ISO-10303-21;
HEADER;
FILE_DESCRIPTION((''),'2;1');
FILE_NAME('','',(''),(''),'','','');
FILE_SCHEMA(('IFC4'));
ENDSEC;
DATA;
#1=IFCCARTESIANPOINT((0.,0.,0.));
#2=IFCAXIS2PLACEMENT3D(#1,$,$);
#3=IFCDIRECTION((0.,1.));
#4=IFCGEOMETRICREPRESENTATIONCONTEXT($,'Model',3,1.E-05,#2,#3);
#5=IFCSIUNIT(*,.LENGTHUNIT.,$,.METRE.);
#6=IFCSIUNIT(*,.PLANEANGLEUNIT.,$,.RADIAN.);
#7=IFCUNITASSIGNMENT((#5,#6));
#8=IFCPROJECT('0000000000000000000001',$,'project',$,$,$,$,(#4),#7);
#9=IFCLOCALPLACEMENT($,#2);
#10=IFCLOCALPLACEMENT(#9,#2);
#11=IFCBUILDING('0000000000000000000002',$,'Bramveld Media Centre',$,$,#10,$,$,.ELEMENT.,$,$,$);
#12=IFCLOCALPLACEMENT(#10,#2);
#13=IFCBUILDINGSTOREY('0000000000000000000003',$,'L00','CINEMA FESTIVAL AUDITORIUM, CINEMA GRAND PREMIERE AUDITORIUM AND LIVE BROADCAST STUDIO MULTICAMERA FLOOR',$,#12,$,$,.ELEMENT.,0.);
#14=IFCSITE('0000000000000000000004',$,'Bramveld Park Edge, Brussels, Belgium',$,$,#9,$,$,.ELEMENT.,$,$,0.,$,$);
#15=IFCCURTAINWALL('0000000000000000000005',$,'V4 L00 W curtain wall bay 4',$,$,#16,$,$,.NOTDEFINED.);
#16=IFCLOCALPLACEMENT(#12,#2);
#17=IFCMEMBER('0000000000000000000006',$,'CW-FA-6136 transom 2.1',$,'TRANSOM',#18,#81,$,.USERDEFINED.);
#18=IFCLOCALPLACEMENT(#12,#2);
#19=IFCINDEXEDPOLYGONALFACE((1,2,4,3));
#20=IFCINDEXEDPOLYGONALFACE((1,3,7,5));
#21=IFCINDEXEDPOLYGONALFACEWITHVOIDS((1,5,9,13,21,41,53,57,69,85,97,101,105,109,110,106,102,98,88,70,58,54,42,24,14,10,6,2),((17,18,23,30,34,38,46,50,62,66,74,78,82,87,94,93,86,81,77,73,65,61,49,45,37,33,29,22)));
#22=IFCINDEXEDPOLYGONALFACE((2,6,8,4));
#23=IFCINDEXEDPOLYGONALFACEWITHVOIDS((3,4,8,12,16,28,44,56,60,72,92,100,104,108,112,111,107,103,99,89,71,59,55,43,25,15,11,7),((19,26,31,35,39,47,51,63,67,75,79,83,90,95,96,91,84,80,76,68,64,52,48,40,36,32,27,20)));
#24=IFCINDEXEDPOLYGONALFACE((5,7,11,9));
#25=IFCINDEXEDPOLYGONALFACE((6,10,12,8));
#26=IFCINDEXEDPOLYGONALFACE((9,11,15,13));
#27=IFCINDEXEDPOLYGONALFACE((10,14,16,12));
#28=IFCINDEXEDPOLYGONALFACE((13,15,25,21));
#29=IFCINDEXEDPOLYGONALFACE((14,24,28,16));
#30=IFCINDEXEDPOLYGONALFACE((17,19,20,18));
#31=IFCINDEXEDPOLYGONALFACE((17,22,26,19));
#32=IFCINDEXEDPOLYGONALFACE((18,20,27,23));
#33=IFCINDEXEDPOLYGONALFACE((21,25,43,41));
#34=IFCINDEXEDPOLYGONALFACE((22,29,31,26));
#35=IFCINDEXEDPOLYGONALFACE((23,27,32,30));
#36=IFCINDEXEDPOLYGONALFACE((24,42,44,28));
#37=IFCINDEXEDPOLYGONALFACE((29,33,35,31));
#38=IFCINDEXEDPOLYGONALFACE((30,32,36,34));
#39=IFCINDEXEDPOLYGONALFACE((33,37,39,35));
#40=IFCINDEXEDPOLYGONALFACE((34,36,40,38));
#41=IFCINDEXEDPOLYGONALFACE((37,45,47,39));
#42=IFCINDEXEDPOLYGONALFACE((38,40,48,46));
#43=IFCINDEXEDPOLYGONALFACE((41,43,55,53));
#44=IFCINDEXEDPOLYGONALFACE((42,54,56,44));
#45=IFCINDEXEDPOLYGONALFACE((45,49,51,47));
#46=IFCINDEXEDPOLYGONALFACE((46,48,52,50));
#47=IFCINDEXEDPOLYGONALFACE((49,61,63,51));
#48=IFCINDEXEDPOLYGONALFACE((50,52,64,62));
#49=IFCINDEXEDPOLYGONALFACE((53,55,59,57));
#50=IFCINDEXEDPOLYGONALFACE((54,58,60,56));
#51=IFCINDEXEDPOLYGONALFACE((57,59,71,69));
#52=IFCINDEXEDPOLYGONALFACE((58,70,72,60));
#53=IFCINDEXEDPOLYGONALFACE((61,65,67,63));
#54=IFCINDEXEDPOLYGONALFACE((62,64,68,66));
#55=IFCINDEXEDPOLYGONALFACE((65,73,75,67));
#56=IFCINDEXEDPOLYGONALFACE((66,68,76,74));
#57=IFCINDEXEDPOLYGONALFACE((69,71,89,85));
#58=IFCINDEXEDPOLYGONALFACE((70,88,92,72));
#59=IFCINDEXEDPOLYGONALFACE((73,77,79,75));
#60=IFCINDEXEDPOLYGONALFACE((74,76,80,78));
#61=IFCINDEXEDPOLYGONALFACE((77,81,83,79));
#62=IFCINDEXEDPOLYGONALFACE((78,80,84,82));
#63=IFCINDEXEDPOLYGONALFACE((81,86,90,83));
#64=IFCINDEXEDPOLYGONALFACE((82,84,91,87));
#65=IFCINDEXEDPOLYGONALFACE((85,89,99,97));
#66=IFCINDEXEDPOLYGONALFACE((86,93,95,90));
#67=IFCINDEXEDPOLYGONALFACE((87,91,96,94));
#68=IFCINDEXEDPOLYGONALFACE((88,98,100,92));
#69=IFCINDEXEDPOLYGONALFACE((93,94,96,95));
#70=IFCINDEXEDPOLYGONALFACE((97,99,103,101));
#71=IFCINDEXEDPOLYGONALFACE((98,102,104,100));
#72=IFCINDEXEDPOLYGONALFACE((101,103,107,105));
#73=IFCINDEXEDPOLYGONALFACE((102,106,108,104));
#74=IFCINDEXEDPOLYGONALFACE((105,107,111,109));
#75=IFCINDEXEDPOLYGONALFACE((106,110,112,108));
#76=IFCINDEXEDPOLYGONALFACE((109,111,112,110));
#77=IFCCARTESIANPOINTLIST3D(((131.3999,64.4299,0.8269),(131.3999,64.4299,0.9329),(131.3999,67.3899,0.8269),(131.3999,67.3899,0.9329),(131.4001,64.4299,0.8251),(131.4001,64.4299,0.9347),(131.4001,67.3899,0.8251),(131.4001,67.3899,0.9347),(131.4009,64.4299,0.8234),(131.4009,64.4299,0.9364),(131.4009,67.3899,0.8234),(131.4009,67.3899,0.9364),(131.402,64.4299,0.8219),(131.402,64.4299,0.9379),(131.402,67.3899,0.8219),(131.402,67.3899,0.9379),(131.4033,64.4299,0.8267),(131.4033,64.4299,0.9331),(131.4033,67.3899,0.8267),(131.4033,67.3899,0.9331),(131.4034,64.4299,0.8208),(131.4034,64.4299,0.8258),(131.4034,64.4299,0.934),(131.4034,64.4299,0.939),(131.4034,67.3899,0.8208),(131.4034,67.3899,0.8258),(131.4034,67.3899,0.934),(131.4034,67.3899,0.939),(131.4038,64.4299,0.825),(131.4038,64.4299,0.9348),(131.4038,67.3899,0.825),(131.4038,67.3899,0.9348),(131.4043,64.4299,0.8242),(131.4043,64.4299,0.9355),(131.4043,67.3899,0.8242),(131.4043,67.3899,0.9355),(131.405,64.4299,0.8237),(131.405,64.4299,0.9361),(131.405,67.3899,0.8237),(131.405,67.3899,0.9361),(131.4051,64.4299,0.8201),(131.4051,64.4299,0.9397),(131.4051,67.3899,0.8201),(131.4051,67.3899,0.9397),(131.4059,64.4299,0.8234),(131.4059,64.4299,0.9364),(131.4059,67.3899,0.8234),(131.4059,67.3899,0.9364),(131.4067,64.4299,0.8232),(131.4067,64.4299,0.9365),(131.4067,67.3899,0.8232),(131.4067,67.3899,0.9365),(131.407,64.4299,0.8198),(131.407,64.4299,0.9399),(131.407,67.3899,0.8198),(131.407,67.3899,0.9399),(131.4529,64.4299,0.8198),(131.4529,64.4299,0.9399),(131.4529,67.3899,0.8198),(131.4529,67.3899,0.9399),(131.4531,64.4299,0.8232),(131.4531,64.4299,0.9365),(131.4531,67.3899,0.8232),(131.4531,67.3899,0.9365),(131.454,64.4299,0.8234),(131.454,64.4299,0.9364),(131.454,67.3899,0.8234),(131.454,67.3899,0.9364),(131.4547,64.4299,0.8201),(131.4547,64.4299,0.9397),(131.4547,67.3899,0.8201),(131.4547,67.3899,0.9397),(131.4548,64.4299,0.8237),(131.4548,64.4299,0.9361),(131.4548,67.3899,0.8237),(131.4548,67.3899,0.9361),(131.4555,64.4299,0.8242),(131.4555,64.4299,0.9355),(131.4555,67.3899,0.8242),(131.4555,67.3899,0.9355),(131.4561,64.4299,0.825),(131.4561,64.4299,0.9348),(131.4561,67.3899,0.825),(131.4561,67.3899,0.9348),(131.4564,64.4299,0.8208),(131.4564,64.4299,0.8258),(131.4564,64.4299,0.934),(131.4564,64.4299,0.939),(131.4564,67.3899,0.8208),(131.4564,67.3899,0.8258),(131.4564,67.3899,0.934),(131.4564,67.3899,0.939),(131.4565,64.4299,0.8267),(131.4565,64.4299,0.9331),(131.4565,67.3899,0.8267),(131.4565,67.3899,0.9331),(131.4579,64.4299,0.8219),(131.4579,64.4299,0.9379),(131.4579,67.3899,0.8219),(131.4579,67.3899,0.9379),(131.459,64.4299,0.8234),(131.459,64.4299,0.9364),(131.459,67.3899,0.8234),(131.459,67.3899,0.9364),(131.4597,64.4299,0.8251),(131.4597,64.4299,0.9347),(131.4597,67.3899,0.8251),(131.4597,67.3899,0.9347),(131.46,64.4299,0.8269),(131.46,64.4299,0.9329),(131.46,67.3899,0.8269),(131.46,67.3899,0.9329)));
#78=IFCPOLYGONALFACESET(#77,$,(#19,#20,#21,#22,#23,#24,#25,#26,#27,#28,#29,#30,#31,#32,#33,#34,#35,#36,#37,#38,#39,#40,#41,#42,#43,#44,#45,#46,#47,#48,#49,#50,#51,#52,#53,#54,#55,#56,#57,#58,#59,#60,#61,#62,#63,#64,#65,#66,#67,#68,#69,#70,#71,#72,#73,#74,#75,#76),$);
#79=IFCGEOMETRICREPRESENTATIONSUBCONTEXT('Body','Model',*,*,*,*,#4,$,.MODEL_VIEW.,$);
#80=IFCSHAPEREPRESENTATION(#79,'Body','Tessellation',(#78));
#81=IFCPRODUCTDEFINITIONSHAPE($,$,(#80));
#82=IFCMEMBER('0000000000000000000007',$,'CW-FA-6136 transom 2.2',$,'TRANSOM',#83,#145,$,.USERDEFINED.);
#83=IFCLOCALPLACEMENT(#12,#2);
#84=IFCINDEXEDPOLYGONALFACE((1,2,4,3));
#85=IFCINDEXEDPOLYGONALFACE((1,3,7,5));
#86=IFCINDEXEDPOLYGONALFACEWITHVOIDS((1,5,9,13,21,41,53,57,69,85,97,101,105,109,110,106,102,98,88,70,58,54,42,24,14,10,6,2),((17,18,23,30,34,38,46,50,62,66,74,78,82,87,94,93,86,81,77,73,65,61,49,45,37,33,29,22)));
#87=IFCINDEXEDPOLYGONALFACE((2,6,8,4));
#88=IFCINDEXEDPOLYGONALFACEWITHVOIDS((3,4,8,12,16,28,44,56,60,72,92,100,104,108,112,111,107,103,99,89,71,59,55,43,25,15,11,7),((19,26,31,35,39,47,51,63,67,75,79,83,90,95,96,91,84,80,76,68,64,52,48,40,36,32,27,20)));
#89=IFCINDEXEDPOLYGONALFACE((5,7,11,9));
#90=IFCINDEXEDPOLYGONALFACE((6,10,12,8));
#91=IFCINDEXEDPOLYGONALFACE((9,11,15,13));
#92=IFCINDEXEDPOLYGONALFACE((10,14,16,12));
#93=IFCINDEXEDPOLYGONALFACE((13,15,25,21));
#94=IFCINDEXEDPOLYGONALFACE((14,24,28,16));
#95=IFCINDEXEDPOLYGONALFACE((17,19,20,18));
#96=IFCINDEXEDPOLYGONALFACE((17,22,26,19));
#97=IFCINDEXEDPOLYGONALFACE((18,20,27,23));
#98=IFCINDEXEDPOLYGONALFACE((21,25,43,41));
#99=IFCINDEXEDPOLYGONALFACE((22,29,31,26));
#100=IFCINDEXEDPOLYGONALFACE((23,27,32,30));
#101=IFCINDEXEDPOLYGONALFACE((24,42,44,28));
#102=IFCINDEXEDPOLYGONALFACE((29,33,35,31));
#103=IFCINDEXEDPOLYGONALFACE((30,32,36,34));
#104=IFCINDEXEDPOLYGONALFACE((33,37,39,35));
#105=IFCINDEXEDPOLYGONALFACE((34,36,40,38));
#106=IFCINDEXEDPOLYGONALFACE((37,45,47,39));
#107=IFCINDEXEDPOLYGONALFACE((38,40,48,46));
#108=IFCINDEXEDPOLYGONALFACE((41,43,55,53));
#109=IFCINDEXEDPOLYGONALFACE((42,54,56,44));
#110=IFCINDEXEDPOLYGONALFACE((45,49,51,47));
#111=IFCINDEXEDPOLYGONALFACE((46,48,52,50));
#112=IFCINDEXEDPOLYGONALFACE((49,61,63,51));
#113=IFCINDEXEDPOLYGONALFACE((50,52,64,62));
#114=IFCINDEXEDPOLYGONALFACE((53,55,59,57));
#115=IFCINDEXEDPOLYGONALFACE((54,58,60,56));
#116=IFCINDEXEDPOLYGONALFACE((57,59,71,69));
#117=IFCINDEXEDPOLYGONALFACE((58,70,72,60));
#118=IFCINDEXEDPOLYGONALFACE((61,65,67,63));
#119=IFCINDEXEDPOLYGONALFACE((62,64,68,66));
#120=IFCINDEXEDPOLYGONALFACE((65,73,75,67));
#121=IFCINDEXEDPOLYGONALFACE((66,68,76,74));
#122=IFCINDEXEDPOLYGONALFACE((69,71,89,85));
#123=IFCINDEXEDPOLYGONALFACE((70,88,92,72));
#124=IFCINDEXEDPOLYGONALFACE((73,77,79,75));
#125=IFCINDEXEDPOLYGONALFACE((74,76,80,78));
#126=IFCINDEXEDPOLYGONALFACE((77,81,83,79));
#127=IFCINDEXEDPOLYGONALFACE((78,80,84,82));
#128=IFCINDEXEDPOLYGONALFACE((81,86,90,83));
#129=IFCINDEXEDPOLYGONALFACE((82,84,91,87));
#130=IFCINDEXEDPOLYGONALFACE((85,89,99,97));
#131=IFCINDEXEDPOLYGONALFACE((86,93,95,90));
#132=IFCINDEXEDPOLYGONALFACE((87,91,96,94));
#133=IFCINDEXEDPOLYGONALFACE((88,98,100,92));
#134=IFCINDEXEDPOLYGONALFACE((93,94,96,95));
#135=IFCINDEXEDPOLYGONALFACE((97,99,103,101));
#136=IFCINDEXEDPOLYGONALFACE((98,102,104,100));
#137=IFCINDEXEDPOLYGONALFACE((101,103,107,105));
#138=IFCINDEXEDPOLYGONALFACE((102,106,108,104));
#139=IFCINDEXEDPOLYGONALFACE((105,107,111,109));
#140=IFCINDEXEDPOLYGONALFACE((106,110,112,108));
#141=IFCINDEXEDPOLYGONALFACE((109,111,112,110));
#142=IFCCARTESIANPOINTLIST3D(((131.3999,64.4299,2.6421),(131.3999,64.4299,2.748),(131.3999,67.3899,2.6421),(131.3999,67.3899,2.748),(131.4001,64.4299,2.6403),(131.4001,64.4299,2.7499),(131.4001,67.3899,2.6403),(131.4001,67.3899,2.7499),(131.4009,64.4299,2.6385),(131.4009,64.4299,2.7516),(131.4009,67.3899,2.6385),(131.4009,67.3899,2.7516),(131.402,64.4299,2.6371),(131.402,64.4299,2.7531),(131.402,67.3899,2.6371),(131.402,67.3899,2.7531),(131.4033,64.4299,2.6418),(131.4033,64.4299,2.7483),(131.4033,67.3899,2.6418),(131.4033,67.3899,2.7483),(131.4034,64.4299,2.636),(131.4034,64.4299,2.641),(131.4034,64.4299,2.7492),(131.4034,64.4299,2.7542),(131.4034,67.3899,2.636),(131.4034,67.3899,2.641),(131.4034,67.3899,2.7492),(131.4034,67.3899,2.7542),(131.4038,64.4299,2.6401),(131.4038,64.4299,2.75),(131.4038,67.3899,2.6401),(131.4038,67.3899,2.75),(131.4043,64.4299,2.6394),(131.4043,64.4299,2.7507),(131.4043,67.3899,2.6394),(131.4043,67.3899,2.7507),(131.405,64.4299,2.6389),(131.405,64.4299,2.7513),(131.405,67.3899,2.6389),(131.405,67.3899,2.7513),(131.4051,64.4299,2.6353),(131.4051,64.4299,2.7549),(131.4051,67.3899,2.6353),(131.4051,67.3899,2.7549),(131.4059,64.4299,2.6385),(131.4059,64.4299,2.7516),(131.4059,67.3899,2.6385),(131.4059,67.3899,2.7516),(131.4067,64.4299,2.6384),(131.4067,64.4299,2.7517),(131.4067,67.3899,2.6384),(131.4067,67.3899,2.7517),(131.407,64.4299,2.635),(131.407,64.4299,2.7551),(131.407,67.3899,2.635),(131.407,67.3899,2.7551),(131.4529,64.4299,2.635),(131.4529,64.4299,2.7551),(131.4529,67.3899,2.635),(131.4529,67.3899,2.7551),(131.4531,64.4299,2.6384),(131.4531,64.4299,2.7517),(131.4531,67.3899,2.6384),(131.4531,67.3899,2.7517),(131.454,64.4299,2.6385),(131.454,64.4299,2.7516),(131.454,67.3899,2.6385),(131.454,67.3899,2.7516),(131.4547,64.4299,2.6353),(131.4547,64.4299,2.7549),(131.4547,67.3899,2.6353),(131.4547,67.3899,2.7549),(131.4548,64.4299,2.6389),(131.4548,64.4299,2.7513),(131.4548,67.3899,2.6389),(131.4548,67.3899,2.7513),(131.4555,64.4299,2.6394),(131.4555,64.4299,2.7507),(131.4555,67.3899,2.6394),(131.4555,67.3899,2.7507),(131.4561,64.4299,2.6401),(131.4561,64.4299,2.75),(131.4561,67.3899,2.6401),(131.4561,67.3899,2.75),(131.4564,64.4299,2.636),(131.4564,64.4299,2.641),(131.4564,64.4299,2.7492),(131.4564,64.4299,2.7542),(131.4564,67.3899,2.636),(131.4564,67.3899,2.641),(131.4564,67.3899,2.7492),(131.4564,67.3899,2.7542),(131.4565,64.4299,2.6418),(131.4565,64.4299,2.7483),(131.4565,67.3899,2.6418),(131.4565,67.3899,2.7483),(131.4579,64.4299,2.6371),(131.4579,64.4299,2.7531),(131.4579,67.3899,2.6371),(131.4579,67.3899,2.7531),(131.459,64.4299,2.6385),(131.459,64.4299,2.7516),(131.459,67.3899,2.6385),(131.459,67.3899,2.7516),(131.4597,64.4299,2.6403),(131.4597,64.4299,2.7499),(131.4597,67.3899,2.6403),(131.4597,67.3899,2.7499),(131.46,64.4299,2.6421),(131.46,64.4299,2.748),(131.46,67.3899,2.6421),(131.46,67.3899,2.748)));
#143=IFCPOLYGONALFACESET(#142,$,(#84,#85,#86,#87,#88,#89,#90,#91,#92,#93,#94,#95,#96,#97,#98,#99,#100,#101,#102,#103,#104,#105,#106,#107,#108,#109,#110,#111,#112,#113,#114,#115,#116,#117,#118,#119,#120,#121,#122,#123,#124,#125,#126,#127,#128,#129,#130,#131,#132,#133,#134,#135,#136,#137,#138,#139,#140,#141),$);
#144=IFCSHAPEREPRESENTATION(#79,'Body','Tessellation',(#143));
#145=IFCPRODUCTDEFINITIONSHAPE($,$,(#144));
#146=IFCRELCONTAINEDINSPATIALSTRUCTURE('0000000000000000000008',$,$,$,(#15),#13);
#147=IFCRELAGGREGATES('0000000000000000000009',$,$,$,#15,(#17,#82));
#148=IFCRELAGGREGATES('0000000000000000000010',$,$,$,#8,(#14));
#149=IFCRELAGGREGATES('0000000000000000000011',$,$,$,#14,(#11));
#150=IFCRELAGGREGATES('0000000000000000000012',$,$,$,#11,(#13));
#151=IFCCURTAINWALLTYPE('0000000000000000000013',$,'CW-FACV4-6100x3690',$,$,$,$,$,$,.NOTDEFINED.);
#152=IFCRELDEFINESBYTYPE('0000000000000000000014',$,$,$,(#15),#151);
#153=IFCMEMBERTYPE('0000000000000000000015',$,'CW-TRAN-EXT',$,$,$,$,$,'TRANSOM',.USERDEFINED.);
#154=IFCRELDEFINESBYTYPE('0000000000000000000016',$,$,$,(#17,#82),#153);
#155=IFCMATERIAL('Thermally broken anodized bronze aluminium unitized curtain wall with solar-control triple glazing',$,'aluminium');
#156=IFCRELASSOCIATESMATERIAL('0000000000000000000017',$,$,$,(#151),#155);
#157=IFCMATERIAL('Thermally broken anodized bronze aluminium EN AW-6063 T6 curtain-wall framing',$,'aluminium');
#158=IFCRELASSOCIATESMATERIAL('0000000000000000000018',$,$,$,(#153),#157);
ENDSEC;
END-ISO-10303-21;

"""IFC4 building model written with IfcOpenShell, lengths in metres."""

from ifc_helpers import new_model, si_unit, direction, frame, origin, origin_2d, place, context, subcontext, project, spatial, hollow_rectangle, extrude, material, material_profile, profile_set, type_object, element, aggregate, save


model = new_model("IFC4")

# Units and contexts
model_context = context("Model", 3, precision=1e-05, world=origin(), true_north=direction((0.0, 1.0)))
body_context = subcontext(model_context, "Body", "Model", "MODEL_VIEW")
ifc_project = project(units=[si_unit("LENGTHUNIT", "METRE"), si_unit("PLANEANGLEUNIT", "RADIAN")], contexts=[model_context])

# Site, building, storey
site_placement = place(None, origin())
site = spatial("IfcSite", under=ifc_project, at=site_placement, Name="Bramveld Park Edge, Brussels, Belgium", CompositionType="ELEMENT", RefElevation=0.0)
building_placement = place(site_placement, origin())
building = spatial("IfcBuilding", under=site, at=building_placement, Name="Bramveld Media Centre", CompositionType="ELEMENT")
storey_placement = place(building_placement, origin())
storey = spatial("IfcBuildingStorey", under=building, at=storey_placement, Name="L00", Description="CINEMA FESTIVAL AUDITORIUM, CINEMA GRAND PREMIERE AUDITORIUM AND LIVE BROADCAST STUDIO MULTICAMERA FLOOR", CompositionType="ELEMENT", Elevation=0.0)

# Curtain wall, members
ifc_material_1 = material(Name="Thermally broken anodized bronze aluminium unitized curtain wall with solar-control triple glazing", Category="aluminium")
curtain_wall_type = type_object("IfcCurtainWallType", Name="CW-FACV4-6100x3690", PredefinedType="NOTDEFINED", material=ifc_material_1)
curtain_wall_placement = place(storey_placement, origin())
curtain_wall = element("IfcCurtainWall", 1, at=curtain_wall_placement, inside=storey, type_object=curtain_wall_type, Name="V4 L00 W curtain wall bay 4", PredefinedType="NOTDEFINED")
ifc_material_2 = material(Name="Thermally broken anodized bronze aluminium EN AW-6063 T6 curtain-wall framing", Category="aluminium")
ifc_material_profile_1 = material_profile(ifc_material_2, hollow_rectangle(XDim=0.0601, YDim=0.1201, WallThickness=0.0034, InnerFilletRadius=0.0034, OuterFilletRadius=0.0071, at=origin_2d()), Name="AL-TRAN 60x120")
ifc_profile_set_1 = profile_set([ifc_material_profile_1], Name="Thermally broken anodized bronze aluminium EN AW-6063 T6 curtain-wall framing")
member_type_1 = type_object("IfcMemberType", Name="CW-TRAN-EXT", ElementType="TRANSOM", PredefinedType="USERDEFINED", material=ifc_profile_set_1)
member_1_placement = place(storey_placement, frame((131.4299, 64.4299, 0.8799), z_axis=(0.0, 1.0, 0.0), x_axis=(-1.0, 0.0, 0.0)))
member_1 = element("IfcMember", 2, at=member_1_placement, type_object=member_type_1, Name="CW-FA-6136 transom 2.1", ObjectType="TRANSOM", PredefinedType="USERDEFINED", context=body_context, shape_type="SweptSolid", body=[
    extrude(hollow_rectangle(XDim=0.0601, YDim=0.1201, WallThickness=0.0034, InnerFilletRadius=0.0034, OuterFilletRadius=0.0071, at=origin_2d()), origin(), (0.0, 0.0, 1.0), 2.96),
])
member_2_placement = place(storey_placement, frame((131.4299, 64.4299, 2.6951), z_axis=(0.0, 1.0, 0.0), x_axis=(-1.0, 0.0, 0.0)))
member_2 = element("IfcMember", 3, at=member_2_placement, type_object=member_type_1, Name="CW-FA-6136 transom 2.2", ObjectType="TRANSOM", PredefinedType="USERDEFINED", context=body_context, shape_type="SweptSolid", body=[
    extrude(hollow_rectangle(XDim=0.0601, YDim=0.1201, WallThickness=0.0034, InnerFilletRadius=0.0034, OuterFilletRadius=0.0071, at=origin_2d()), origin(), (0.0, 0.0, 1.0), 2.96),
])

aggregate(curtain_wall, [member_1, member_2])

save(model, "model.ifc")
